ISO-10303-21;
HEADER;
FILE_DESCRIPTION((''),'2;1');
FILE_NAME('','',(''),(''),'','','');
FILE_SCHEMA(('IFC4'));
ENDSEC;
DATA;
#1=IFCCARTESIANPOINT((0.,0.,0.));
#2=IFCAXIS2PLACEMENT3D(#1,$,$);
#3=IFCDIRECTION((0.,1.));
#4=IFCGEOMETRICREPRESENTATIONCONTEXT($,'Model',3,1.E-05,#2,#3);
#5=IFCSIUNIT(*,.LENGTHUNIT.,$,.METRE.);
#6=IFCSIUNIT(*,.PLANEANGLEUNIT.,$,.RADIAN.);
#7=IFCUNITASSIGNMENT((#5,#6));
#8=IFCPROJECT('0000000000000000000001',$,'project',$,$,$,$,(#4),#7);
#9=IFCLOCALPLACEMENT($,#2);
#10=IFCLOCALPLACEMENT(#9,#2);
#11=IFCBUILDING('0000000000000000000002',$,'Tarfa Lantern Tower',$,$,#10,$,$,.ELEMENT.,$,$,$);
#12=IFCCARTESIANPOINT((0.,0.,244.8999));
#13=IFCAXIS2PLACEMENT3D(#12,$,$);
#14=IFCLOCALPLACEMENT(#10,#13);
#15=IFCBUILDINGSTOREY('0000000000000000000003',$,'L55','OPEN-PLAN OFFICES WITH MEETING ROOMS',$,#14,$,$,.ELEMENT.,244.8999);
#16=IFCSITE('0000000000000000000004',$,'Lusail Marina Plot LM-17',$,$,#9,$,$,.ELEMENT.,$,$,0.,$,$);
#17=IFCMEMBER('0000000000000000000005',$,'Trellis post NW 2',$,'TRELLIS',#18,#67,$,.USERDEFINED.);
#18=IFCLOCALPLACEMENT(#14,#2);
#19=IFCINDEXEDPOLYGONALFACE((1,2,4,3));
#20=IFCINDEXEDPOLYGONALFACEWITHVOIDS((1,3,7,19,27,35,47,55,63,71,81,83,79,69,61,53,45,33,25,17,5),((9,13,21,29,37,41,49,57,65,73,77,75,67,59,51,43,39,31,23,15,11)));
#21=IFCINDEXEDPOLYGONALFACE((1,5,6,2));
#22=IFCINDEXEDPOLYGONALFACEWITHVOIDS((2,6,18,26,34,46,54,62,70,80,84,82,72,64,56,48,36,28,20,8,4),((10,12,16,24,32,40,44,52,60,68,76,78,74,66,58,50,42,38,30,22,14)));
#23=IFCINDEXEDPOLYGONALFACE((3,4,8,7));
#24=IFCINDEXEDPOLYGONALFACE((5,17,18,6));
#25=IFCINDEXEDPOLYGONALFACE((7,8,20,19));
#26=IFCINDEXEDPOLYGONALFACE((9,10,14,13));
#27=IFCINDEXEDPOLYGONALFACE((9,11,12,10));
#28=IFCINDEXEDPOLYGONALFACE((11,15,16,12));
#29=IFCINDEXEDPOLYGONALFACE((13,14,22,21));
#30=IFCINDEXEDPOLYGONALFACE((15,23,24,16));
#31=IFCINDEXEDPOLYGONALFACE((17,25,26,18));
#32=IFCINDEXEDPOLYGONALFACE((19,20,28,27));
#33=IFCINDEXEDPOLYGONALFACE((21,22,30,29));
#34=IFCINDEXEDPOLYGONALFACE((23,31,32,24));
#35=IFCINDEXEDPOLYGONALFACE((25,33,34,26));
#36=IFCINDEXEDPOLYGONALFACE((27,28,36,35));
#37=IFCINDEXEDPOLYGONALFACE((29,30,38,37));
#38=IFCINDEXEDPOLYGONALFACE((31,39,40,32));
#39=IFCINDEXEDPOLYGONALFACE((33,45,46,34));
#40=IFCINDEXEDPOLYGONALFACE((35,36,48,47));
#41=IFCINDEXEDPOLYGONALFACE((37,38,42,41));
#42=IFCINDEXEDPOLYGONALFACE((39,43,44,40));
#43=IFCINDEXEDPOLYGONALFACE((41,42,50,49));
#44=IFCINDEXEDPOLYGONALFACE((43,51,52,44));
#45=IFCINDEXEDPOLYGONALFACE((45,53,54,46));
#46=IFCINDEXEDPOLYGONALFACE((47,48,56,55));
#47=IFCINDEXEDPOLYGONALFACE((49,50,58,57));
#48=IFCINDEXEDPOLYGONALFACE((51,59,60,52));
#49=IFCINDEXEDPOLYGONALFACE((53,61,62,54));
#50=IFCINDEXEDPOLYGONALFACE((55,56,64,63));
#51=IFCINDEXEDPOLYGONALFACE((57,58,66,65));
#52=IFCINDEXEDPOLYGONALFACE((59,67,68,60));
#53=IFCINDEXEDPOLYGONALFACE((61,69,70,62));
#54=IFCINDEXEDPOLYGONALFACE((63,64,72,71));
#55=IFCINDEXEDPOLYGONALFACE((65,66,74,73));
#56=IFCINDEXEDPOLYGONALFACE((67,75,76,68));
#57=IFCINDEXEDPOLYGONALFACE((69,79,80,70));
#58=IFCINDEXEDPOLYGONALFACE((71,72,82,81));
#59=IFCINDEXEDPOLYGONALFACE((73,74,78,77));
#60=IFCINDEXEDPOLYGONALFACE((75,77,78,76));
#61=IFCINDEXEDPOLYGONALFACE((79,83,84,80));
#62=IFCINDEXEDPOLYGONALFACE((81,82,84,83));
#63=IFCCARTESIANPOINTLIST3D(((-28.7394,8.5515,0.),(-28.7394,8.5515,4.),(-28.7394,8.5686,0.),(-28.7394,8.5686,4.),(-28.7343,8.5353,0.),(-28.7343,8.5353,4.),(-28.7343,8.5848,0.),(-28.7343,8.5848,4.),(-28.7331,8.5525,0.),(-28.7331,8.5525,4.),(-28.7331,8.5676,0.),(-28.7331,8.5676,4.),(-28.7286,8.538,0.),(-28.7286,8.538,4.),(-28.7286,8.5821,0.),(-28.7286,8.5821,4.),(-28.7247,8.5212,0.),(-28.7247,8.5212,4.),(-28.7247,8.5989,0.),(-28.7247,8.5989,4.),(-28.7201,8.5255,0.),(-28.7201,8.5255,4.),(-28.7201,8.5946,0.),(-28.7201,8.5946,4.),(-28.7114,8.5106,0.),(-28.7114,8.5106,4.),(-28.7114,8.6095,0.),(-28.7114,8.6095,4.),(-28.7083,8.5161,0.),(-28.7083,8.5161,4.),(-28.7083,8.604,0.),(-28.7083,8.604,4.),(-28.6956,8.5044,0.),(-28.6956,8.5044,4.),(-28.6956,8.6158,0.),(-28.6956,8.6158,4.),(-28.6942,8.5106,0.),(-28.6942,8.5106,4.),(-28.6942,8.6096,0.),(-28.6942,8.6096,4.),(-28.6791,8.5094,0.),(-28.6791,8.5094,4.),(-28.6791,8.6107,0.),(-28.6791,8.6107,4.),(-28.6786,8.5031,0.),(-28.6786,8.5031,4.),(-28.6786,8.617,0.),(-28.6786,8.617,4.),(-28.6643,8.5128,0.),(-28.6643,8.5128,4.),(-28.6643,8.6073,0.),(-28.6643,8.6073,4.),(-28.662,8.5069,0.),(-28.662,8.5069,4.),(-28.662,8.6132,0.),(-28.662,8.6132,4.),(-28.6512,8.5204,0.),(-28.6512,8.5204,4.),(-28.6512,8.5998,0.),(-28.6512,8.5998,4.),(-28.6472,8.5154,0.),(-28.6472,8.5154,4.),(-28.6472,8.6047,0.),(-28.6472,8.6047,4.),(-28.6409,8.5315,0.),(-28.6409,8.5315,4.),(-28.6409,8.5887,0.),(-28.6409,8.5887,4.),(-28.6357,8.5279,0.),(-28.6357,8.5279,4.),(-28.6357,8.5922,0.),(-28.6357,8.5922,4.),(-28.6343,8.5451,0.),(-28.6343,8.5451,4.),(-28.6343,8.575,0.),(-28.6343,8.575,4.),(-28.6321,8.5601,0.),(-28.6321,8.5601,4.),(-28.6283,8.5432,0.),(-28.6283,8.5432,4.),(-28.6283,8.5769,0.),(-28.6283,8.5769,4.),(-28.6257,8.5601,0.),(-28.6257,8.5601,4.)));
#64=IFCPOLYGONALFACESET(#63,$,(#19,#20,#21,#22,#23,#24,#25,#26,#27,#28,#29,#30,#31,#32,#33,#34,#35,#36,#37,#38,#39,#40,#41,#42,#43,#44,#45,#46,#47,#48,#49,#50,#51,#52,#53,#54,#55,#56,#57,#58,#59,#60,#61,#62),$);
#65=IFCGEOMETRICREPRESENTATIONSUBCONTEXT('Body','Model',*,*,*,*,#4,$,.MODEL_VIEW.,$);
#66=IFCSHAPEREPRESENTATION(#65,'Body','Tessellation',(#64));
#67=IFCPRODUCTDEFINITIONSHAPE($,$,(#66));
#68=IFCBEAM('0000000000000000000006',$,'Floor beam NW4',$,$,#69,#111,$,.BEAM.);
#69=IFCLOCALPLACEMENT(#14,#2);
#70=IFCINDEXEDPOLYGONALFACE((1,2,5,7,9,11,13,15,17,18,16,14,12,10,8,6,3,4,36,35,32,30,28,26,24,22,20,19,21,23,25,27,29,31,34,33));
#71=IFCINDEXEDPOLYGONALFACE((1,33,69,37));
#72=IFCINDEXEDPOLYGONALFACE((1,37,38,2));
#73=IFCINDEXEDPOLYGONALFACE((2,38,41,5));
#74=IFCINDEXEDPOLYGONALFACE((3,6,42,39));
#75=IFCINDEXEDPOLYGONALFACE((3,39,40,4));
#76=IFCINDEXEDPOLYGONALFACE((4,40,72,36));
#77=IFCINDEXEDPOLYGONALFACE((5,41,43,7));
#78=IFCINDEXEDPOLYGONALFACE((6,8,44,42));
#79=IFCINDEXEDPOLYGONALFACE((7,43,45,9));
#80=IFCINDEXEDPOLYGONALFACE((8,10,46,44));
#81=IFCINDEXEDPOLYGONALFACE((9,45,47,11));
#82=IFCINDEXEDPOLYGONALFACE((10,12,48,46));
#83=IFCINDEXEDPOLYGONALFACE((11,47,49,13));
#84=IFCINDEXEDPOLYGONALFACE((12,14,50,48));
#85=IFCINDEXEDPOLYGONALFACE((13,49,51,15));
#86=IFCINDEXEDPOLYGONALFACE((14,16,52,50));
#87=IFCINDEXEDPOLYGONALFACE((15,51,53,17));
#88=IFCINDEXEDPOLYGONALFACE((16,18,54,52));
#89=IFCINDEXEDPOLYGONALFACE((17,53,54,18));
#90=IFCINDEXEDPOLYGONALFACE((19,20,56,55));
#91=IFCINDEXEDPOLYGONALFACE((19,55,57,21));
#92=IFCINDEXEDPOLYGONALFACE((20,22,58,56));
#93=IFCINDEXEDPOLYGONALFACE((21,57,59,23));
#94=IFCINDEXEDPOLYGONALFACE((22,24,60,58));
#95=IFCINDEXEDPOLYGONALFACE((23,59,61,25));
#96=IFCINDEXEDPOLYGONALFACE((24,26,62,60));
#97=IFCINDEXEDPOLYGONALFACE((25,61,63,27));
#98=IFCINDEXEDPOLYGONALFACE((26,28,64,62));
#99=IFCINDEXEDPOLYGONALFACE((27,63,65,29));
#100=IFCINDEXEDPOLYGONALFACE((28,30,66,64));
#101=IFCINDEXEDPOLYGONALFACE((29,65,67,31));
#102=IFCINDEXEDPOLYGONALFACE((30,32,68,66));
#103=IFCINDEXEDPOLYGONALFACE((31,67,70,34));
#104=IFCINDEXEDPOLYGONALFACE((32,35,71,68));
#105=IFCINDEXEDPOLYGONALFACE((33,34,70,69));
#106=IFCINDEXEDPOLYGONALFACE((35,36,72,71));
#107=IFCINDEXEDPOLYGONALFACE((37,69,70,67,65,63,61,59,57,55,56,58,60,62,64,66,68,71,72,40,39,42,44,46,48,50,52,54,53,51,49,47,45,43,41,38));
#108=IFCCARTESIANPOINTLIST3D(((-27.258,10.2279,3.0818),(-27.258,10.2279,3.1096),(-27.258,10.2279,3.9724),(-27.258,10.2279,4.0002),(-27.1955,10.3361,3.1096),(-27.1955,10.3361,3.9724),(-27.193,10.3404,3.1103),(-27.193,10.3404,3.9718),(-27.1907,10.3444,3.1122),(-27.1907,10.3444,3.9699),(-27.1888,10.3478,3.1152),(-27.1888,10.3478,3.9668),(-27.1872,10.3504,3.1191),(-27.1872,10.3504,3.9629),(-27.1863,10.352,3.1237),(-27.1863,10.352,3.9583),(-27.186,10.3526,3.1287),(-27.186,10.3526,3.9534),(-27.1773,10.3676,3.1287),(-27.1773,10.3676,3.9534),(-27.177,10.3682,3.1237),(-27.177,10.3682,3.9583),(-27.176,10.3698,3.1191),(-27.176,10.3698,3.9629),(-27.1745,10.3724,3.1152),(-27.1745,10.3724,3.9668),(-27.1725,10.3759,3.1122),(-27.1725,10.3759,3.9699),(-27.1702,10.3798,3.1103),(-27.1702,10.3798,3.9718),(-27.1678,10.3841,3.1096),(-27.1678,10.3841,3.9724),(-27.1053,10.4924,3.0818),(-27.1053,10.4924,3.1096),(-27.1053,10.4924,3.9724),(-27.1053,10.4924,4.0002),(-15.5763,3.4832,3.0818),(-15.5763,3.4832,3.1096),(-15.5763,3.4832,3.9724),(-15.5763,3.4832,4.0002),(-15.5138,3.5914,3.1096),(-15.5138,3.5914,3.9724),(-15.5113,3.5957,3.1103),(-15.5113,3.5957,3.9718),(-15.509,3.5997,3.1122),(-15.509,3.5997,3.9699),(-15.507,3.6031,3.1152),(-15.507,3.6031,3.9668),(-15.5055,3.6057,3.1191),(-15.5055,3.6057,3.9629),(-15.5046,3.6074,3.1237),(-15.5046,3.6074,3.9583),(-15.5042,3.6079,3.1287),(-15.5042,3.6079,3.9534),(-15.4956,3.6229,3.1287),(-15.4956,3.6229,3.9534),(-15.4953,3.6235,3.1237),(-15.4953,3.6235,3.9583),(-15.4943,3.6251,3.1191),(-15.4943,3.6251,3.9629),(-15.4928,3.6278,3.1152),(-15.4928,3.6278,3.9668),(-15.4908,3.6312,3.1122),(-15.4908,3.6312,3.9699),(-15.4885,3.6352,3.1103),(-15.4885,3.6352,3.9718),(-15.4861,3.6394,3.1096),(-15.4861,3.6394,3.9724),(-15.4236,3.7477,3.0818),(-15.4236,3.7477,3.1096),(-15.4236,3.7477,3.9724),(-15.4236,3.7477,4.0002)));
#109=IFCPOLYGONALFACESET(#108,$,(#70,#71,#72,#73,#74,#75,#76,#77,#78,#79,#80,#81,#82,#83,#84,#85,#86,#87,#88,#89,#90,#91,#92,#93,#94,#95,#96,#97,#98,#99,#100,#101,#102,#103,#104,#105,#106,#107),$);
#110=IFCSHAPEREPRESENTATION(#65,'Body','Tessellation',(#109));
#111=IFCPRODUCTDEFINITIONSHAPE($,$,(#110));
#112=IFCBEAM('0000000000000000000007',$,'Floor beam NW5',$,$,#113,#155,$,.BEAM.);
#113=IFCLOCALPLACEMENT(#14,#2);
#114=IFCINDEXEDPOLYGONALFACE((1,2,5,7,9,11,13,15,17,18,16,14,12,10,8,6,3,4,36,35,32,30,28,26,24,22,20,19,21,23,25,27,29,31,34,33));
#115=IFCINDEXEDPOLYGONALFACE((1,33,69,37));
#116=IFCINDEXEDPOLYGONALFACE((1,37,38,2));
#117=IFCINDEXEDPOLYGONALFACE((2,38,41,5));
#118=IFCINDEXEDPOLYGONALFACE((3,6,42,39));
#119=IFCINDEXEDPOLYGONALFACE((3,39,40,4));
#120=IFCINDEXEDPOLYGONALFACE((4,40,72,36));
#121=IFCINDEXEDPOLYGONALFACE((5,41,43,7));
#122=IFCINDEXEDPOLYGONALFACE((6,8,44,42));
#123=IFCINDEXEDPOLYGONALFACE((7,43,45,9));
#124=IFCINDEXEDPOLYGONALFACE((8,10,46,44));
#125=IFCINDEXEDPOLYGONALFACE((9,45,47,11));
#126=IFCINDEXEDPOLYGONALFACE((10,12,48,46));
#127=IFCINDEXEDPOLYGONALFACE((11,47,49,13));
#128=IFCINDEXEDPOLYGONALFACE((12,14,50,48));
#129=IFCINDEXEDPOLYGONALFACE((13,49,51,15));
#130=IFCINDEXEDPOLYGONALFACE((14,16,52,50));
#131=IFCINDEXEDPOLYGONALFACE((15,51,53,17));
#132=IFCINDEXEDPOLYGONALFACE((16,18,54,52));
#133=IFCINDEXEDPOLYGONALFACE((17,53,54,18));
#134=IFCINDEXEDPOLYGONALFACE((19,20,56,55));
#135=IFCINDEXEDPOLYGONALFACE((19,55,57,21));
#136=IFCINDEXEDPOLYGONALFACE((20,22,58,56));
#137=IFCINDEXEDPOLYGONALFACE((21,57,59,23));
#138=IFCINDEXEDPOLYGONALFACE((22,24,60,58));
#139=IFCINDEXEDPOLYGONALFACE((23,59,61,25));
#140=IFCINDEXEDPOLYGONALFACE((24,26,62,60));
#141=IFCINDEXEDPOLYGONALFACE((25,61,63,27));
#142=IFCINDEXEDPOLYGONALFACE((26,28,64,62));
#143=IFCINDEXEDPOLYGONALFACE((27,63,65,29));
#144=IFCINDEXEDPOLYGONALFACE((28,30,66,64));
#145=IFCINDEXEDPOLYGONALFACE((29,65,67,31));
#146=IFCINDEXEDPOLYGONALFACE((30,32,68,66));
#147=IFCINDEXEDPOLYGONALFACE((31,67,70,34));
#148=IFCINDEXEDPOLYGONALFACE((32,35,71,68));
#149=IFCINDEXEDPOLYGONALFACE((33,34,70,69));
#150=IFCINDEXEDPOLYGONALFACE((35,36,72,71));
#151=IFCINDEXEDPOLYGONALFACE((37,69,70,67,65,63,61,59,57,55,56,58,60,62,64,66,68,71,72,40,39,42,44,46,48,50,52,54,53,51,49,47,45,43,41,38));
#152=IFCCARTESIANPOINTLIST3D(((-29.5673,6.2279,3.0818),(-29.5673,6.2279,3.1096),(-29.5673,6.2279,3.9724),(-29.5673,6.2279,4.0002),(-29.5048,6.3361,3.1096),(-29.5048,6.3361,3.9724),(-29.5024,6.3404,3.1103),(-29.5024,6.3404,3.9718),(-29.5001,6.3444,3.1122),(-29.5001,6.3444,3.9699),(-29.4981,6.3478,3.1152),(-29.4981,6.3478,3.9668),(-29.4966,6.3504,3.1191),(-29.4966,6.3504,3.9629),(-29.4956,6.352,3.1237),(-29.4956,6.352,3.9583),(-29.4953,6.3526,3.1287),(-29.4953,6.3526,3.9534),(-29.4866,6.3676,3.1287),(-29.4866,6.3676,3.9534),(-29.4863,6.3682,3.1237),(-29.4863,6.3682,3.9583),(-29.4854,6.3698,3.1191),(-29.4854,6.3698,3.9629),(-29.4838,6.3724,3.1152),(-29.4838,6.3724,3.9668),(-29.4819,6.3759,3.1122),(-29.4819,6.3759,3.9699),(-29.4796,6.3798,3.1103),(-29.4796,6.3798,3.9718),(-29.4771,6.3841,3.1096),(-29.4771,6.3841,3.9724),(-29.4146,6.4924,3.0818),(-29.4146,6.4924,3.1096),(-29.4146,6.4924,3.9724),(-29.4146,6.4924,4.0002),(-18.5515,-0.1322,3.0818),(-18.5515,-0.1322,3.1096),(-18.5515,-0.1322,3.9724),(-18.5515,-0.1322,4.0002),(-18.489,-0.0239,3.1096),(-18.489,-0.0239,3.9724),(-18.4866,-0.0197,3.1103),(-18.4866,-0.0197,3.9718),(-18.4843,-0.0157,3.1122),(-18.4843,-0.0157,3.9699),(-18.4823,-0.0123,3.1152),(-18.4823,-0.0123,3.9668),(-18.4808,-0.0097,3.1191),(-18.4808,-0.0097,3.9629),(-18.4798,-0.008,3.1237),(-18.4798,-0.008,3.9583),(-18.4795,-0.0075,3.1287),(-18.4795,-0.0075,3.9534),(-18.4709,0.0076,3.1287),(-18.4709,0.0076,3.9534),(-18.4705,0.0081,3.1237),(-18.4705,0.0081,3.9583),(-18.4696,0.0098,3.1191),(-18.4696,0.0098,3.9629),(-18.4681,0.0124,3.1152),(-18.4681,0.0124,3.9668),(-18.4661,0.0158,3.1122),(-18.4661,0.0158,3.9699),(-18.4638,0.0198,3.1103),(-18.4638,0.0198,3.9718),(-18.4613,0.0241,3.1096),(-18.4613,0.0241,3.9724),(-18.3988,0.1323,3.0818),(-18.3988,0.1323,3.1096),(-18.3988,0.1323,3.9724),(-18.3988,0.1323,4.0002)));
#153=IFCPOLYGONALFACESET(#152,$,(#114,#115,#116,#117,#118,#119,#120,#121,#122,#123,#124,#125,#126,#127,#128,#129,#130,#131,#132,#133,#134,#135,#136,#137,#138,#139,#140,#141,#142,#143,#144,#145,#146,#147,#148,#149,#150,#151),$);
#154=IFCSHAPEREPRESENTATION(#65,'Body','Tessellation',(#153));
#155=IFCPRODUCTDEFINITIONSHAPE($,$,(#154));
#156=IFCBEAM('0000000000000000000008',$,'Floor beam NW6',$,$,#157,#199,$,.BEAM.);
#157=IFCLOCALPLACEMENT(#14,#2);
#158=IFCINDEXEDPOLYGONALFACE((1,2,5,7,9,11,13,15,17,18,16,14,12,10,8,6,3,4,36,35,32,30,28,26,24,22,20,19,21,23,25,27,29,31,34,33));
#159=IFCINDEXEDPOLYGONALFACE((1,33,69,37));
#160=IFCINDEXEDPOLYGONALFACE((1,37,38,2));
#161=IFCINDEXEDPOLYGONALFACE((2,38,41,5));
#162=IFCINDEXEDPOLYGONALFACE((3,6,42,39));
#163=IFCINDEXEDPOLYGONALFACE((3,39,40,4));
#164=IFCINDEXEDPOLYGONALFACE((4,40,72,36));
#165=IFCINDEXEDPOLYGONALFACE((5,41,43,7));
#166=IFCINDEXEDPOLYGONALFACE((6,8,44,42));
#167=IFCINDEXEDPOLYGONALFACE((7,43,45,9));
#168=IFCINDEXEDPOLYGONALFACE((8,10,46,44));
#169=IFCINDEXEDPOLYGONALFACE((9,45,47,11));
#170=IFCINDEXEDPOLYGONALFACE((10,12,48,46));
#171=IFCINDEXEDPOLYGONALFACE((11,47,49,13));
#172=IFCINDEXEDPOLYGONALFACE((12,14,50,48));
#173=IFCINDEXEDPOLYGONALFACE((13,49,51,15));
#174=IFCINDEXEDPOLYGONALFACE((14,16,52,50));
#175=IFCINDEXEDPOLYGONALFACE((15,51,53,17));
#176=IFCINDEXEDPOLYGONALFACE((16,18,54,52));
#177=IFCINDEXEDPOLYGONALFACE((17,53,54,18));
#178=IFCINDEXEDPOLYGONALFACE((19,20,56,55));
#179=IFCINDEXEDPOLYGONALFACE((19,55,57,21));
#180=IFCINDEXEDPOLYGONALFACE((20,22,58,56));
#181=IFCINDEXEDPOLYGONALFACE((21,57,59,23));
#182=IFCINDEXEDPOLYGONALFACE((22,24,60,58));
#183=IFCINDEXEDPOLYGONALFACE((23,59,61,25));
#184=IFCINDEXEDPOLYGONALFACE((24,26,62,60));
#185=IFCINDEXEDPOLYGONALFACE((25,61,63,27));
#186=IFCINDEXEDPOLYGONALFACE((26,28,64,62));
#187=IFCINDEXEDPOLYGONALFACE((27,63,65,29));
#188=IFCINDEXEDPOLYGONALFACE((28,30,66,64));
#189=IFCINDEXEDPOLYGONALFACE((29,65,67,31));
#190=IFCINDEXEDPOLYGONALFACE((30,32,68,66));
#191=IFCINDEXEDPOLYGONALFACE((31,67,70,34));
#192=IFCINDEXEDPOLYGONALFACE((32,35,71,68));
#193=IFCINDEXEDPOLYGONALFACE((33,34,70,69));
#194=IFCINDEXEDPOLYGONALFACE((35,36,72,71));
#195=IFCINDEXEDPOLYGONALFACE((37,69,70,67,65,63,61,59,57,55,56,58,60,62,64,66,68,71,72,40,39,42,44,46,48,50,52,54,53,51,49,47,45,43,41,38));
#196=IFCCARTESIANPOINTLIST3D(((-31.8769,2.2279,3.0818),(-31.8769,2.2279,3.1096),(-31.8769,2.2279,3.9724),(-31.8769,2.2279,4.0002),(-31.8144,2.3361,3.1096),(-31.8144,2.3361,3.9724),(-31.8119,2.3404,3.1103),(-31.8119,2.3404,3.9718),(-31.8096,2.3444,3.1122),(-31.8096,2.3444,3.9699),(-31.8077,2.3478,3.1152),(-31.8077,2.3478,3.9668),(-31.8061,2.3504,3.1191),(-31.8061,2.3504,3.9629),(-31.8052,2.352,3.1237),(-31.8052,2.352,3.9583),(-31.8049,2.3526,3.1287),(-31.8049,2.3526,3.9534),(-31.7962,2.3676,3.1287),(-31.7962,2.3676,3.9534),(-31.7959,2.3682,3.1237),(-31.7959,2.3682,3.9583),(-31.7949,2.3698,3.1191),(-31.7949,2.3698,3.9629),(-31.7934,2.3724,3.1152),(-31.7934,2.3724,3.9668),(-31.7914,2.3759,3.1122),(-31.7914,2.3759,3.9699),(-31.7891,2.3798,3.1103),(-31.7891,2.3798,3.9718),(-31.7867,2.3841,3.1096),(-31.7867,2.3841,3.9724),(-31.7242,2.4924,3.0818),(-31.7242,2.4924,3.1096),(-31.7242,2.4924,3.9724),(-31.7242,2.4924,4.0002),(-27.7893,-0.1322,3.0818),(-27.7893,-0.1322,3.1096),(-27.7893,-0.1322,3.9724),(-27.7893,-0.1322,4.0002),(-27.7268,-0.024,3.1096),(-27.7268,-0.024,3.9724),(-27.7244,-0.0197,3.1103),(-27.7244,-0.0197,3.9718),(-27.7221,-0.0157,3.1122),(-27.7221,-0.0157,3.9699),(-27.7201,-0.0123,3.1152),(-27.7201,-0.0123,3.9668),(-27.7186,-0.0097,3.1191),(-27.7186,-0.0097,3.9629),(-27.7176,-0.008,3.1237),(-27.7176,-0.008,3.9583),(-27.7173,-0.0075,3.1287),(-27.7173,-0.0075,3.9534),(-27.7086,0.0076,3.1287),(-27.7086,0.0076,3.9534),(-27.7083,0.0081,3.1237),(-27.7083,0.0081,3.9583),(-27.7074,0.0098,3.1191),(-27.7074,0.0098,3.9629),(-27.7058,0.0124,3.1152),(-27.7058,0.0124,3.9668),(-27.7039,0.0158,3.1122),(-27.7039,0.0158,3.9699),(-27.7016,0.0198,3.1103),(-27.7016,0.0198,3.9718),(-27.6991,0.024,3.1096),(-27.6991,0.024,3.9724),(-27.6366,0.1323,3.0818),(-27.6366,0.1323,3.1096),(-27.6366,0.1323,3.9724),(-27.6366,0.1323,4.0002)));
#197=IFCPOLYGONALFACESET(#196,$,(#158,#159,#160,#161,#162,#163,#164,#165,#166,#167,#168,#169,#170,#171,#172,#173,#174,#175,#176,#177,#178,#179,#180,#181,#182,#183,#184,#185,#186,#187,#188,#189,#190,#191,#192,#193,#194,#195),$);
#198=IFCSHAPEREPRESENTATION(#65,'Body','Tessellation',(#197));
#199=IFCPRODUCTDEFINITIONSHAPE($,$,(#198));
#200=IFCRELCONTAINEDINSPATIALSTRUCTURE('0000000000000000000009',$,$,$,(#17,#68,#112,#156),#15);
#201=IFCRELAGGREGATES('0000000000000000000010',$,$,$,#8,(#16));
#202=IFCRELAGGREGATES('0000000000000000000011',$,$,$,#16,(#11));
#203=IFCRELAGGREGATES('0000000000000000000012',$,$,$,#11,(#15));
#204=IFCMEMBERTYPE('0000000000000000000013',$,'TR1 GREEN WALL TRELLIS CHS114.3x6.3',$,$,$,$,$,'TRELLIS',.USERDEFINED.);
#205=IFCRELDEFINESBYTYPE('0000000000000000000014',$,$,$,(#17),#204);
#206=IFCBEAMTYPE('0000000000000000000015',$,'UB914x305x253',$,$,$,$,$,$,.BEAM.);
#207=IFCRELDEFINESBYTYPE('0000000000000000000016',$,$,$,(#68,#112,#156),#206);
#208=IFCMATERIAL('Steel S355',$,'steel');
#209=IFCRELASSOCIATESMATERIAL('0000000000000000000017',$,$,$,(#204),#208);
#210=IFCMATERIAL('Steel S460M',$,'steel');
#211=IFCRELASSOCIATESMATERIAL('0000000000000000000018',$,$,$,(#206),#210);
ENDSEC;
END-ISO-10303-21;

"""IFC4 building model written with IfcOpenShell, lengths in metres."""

from ifc_helpers import new_model, si_unit, direction, frame, origin, origin_2d, place, context, subcontext, project, spatial, hollow_circle, i_section, extrude, material, material_profile, profile_set, type_object, element, save


model = new_model("IFC4")

# Units and contexts
model_context = context("Model", 3, precision=1e-05, world=origin(), true_north=direction((0.0, 1.0)))
body_context = subcontext(model_context, "Body", "Model", "MODEL_VIEW")
ifc_project = project(units=[si_unit("LENGTHUNIT", "METRE"), si_unit("PLANEANGLEUNIT", "RADIAN")], contexts=[model_context])

# Site, building, storey
site_placement = place(None, origin())
site = spatial("IfcSite", under=ifc_project, at=site_placement, Name="Lusail Marina Plot LM-17", CompositionType="ELEMENT", RefElevation=0.0)
building_placement = place(site_placement, origin())
building = spatial("IfcBuilding", under=site, at=building_placement, Name="Tarfa Lantern Tower", CompositionType="ELEMENT")
storey_placement = place(building_placement, frame((0.0, 0.0, 244.8999)))
storey = spatial("IfcBuildingStorey", under=building, at=storey_placement, Name="L55", Description="OPEN-PLAN OFFICES WITH MEETING ROOMS", CompositionType="ELEMENT", Elevation=244.8999)

# Member
ifc_material_1 = material(Name="Steel S355", Category="steel")
ifc_material_profile_1 = material_profile(ifc_material_1, hollow_circle(Radius=0.0571, WallThickness=0.0063, at=origin_2d()), Name="CHS114.3x6.3")
ifc_profile_set_1 = profile_set([ifc_material_profile_1], Name="Steel S355")
member_type_1 = type_object("IfcMemberType", Name="TR1 GREEN WALL TRELLIS CHS114.3x6.3", ElementType="TRELLIS", PredefinedType="USERDEFINED", material=ifc_profile_set_1)
member_1_placement = place(storey_placement, frame((-28.6829, 8.5601, 0.0), z_axis=(0.0, 0.0, 1.0), x_axis=(1.0, 0.0, 0.0)))
element("IfcMember", 1, at=member_1_placement, inside=storey, type_object=member_type_1, Name="Trellis post NW 2", ObjectType="TRELLIS", PredefinedType="USERDEFINED", context=body_context, shape_type="SweptSolid", body=[
    extrude(hollow_circle(Radius=0.0571, WallThickness=0.0063, at=origin_2d()), origin(), (0.0, 0.0, 1.0), 4.0),
])

# Beams
ifc_material_2 = material(Name="Steel S460M", Category="steel")
ifc_material_profile_2 = material_profile(ifc_material_2, i_section(OverallWidth=0.3054, OverallDepth=0.9185, WebThickness=0.0173, FlangeThickness=0.0278, FilletRadius=0.019, at=origin_2d()), Name="UB914x305x253")
ifc_profile_set_2 = profile_set([ifc_material_profile_2], Name="Steel S460M")
beam_type_1 = type_object("IfcBeamType", Name="UB914x305x253", PredefinedType="BEAM", material=ifc_profile_set_2)
beam_1_placement = place(storey_placement, frame((-27.1816, 10.3601, 3.541), z_axis=(0.866018, -0.500013, 0.0), x_axis=(0.500013, 0.866018, 0.0)))
element("IfcBeam", 2, at=beam_1_placement, inside=storey, type_object=beam_type_1, Name="Floor beam NW4", PredefinedType="BEAM", context=body_context, shape_type="SweptSolid", body=[
    extrude(i_section(OverallWidth=0.3054, OverallDepth=0.9185, WebThickness=0.0173, FlangeThickness=0.0278, FilletRadius=0.019, at=origin_2d()), origin(), (0.0, 0.0, 1.0), 13.489),
])
beam_2_placement = place(storey_placement, frame((-29.491, 6.3601, 3.541), z_axis=(0.866022, -0.500005, 0.0), x_axis=(0.500005, 0.866022, 0.0)))
element("IfcBeam", 3, at=beam_2_placement, inside=storey, type_object=beam_type_1, Name="Floor beam NW5", PredefinedType="BEAM", context=body_context, shape_type="SweptSolid", body=[
    extrude(i_section(OverallWidth=0.3054, OverallDepth=0.9185, WebThickness=0.0173, FlangeThickness=0.0278, FilletRadius=0.019, at=origin_2d()), origin(), (0.0, 0.0, 1.0), 12.72),
])
beam_3_placement = place(storey_placement, frame((-31.8005, 2.3601, 3.541), z_axis=(0.866016, -0.500016, 0.0), x_axis=(0.500016, 0.866016, 0.0)))
element("IfcBeam", 4, at=beam_3_placement, inside=storey, type_object=beam_type_1, Name="Floor beam NW6", PredefinedType="BEAM", context=body_context, shape_type="SweptSolid", body=[
    extrude(i_section(OverallWidth=0.3054, OverallDepth=0.9185, WebThickness=0.0173, FlangeThickness=0.0278, FilletRadius=0.019, at=origin_2d()), origin(), (0.0, 0.0, 1.0), 4.72),
])

save(model, "model.ifc")
